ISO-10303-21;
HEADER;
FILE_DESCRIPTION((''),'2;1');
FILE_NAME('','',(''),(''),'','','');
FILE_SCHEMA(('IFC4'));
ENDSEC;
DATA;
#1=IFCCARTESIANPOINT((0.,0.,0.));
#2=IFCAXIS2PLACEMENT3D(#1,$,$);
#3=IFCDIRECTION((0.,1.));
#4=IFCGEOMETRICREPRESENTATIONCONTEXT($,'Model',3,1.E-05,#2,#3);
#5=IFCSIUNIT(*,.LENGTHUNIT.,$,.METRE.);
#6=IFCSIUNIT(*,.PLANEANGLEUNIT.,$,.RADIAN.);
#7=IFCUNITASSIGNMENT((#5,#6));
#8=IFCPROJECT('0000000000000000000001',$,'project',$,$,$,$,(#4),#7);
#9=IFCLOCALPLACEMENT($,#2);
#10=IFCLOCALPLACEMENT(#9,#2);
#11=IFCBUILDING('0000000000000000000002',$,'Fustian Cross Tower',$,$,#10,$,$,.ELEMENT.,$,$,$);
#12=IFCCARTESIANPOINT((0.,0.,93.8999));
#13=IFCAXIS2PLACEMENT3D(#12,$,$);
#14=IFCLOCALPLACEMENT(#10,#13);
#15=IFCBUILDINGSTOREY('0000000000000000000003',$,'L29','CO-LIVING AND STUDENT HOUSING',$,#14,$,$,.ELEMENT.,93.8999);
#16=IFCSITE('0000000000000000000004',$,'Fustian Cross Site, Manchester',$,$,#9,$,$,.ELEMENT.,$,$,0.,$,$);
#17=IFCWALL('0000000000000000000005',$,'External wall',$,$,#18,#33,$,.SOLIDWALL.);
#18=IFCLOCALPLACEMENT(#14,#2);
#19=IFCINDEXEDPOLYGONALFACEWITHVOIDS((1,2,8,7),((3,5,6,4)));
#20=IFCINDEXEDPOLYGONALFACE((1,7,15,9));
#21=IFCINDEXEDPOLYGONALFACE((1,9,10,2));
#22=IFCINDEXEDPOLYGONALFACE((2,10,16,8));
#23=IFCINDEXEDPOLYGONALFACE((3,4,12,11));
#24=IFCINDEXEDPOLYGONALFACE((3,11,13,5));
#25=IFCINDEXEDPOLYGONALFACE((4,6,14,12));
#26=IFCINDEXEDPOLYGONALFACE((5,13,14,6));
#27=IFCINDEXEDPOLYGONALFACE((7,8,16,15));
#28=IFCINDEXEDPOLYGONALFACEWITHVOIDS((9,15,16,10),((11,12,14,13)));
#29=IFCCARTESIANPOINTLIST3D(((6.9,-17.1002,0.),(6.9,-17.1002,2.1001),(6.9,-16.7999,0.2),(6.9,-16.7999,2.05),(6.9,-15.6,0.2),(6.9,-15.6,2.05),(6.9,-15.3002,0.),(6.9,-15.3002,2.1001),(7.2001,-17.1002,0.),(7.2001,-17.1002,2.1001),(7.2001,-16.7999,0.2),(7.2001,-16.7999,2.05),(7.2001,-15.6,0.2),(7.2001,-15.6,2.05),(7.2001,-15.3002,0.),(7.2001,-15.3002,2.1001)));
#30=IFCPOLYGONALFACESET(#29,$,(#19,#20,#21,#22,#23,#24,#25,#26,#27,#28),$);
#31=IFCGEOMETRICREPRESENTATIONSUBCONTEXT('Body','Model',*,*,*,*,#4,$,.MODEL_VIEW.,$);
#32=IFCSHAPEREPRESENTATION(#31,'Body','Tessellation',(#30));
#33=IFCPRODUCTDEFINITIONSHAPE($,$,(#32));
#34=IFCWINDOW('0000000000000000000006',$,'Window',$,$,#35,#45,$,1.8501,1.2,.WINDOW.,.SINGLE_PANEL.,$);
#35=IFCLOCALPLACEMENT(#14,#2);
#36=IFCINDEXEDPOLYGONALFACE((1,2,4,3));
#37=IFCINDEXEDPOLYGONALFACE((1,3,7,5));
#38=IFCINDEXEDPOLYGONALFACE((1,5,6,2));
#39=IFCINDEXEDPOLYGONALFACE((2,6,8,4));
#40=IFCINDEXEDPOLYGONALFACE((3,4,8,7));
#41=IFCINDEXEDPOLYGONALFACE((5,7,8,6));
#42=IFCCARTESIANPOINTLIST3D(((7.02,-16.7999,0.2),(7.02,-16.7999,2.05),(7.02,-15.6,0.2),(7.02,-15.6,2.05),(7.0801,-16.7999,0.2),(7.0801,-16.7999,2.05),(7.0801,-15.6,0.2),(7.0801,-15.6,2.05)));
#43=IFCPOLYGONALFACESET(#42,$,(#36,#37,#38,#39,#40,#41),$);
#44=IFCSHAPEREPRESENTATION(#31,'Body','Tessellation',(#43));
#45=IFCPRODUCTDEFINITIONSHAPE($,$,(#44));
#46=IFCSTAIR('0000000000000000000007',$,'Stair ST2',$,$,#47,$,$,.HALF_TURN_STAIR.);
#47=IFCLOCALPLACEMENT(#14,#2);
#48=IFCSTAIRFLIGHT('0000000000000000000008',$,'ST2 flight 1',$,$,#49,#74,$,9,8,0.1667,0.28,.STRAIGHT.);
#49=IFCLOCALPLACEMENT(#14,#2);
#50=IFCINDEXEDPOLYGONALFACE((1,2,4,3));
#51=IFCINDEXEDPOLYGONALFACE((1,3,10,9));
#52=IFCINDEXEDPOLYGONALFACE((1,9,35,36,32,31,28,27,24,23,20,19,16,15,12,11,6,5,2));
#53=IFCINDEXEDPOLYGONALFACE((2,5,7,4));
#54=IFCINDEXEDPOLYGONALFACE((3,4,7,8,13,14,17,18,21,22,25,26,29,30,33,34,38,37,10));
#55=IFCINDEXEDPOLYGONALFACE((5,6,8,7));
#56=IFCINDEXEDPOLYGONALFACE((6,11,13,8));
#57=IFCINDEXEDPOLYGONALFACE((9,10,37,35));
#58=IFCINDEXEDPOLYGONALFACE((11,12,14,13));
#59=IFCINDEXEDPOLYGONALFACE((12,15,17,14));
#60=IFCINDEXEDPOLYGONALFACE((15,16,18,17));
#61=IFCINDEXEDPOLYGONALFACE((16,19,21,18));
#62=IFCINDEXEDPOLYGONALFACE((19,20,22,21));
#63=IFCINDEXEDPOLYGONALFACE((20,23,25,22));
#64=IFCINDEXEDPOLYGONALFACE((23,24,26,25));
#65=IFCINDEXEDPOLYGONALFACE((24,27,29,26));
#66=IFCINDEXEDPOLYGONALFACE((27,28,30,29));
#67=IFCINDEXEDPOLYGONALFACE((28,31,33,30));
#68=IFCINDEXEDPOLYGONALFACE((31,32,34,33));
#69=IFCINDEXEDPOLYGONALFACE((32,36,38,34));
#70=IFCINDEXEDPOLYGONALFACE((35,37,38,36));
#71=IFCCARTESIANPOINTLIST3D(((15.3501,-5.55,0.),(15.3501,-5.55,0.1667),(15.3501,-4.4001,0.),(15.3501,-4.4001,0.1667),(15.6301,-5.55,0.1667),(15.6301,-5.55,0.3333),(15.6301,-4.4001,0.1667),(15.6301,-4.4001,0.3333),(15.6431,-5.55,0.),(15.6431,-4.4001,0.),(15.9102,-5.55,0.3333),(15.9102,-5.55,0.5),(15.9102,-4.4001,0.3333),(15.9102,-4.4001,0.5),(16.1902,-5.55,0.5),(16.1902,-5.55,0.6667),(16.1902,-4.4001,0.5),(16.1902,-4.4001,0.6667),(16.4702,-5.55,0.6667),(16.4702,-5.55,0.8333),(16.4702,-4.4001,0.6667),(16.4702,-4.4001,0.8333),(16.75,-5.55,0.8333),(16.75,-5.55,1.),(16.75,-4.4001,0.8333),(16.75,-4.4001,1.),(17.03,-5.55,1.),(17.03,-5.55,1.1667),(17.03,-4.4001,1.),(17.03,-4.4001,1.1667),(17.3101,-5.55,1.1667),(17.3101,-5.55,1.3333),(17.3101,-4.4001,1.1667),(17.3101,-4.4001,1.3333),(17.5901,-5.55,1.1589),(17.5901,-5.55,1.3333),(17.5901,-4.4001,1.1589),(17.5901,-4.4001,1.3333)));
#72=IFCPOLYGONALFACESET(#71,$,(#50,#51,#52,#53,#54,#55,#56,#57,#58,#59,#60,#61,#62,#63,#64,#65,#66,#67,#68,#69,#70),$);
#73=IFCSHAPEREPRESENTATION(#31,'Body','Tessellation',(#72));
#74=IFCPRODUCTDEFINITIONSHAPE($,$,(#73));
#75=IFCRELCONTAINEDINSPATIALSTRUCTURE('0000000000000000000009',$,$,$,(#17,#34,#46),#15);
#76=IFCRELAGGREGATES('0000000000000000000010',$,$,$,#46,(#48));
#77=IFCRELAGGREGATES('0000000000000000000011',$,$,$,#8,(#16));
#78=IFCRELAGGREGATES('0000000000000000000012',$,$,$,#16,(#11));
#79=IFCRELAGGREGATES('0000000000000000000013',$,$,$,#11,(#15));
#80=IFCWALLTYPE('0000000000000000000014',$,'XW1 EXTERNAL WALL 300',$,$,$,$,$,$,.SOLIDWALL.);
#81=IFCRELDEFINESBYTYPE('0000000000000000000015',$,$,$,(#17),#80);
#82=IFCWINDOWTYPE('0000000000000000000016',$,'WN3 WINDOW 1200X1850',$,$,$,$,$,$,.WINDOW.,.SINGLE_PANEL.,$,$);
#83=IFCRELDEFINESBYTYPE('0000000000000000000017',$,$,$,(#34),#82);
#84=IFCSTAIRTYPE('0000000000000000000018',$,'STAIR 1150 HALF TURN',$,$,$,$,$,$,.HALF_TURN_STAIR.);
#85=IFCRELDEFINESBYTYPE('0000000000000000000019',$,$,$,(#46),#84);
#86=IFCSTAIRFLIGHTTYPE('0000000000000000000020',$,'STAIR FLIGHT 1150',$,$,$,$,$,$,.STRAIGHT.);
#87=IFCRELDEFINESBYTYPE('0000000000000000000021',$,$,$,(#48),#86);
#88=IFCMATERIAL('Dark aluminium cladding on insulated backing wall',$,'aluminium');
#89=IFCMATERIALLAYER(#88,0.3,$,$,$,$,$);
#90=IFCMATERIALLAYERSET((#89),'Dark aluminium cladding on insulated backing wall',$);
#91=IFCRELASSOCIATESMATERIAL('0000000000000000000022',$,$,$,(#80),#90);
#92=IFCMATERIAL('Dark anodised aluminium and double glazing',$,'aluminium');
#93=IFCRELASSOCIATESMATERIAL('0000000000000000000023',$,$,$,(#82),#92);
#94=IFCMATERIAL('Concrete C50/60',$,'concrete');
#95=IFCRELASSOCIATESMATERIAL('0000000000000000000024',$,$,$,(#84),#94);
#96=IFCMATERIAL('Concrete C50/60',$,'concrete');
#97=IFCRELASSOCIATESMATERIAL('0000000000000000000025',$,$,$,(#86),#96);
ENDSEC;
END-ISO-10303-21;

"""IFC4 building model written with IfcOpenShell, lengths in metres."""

from ifc_helpers import new_model, si_unit, direction, frame, frame_2d, origin, place, context, subcontext, project, spatial, polyline, rectangle, outline, extrude, material, layer, layer_set, type_object, element, fill, aggregate, save


model = new_model("IFC4")

# Units and contexts
model_context = context("Model", 3, precision=1e-05, world=origin(), true_north=direction((0.0, 1.0)))
body_context = subcontext(model_context, "Body", "Model", "MODEL_VIEW")
ifc_project = project(units=[si_unit("LENGTHUNIT", "METRE"), si_unit("PLANEANGLEUNIT", "RADIAN")], contexts=[model_context])

# Site, building, storey
site_placement = place(None, origin())
site = spatial("IfcSite", under=ifc_project, at=site_placement, Name="Fustian Cross Site, Manchester", CompositionType="ELEMENT", RefElevation=0.0)
building_placement = place(site_placement, origin())
building = spatial("IfcBuilding", under=site, at=building_placement, Name="Fustian Cross Tower", CompositionType="ELEMENT")
storey_placement = place(building_placement, frame((0.0, 0.0, 93.8999)))
storey = spatial("IfcBuildingStorey", under=building, at=storey_placement, Name="L29", Description="CO-LIVING AND STUDENT HOUSING", CompositionType="ELEMENT", Elevation=93.8999)

# Shared definitions
ifc_material_1 = material(Name="Dark aluminium cladding on insulated backing wall", Category="aluminium")
ifc_layer_1 = layer(ifc_material_1, 0.3)
ifc_layer_set_1 = layer_set([ifc_layer_1], Name="Dark aluminium cladding on insulated backing wall")
wall_type_1 = type_object("IfcWallType", Name="XW1 EXTERNAL WALL 300", PredefinedType="SOLIDWALL", material=ifc_layer_set_1)
ifc_material_2 = material(Name="Dark anodised aluminium and double glazing", Category="aluminium")
window_type_1 = type_object("IfcWindowType", Name="WN3 WINDOW 1200X1850", PartitioningType="SINGLE_PANEL", PredefinedType="WINDOW", material=ifc_material_2)

# Wall, opening, window
wall_1_placement = place(storey_placement, frame((7.05, -17.1001, 0.0), z_axis=(0.0, 0.0, 1.0), x_axis=(0.0, 1.0, 0.0)))
wall_1 = element("IfcWall", 1, at=wall_1_placement, inside=storey, type_object=wall_type_1, Name="External wall", PredefinedType="SOLIDWALL", context=body_context, shape_type="SweptSolid", body=[
    extrude(rectangle(XDim=1.8, YDim=0.3, at=frame_2d((0.8999, 0.0))), origin(), (0.0, 0.0, 1.0), 2.1001),
])
opening_1_placement = place(wall_1_placement, frame((0.3, 0.0, 0.2)))
opening_1 = element("IfcOpeningElement", 2, at=opening_1_placement, cuts=wall_1, PredefinedType="OPENING", context=body_context, shape_type="SweptSolid", body=[
    extrude(rectangle(XDim=1.2, YDim=1.8501, at=frame_2d((0.6001, 0.925))), frame((0.0, 0.1599, 0.0), z_axis=(0.0, -1.0, 0.0), x_axis=(1.0, 0.0, 0.0)), (0.0, 0.0, 1.0), 0.3201),
])
window_1_placement = place(opening_1_placement, origin())
window_1 = element("IfcWindow", 3, at=window_1_placement, inside=storey, type_object=window_type_1, Name="Window", OverallHeight=1.8501, OverallWidth=1.2, PartitioningType="SINGLE_PANEL", PredefinedType="WINDOW", context=body_context, shape_type="SweptSolid", body=[
    extrude(rectangle(XDim=1.2, YDim=1.8501, at=frame_2d((0.6001, 0.925))), frame((0.0, 0.03, 0.0), z_axis=(0.0, -1.0, 0.0), x_axis=(1.0, 0.0, 0.0)), (0.0, 0.0, 1.0), 0.0601),
])
fill(opening_1, window_1)

# Stair, stair flight
ifc_material_3 = material(Name="Concrete C50/60", Category="concrete")
stair_type = type_object("IfcStairType", Name="STAIR 1150 HALF TURN", PredefinedType="HALF_TURN_STAIR", material=ifc_material_3)
stair_placement = place(storey_placement, origin())
stair = element("IfcStair", 4, at=stair_placement, inside=storey, type_object=stair_type, Name="Stair ST2", PredefinedType="HALF_TURN_STAIR")
ifc_material_4 = material(Name="Concrete C50/60", Category="concrete")
stair_flight_type = type_object("IfcStairFlightType", Name="STAIR FLIGHT 1150", PredefinedType="STRAIGHT", material=ifc_material_4)
stair_flight_placement = place(storey_placement, frame((15.3501, -4.9751, 0.0), z_axis=(0.0, 0.0, 1.0), x_axis=(1.0, 0.0, 0.0)))
stair_flight = element("IfcStairFlight", 5, at=stair_flight_placement, type_object=stair_flight_type, Name="ST2 flight 1", NumberOfRisers=9, NumberOfTreads=8, PredefinedType="STRAIGHT", RiserHeight=0.1667, TreadLength=0.28, context=body_context, shape_type="SweptSolid", body=[
    extrude(outline(polyline([(0.0, 0.0), (0.0, 0.1667), (0.28, 0.1667), (0.28, 0.3333), (0.5601, 0.3333), (0.5601, 0.5), (0.8401, 0.5), (0.8401, 0.6667), (1.1201, 0.6667), (1.1201, 0.8333), (1.3999, 0.8333), (1.3999, 1.0), (1.6799, 1.0), (1.6799, 1.1667), (1.96, 1.1667), (1.96, 1.3333), (2.24, 1.3333), (2.24, 1.5), (2.24, 1.1589), (0.293, 0.0), (0.0, 0.0)])), frame((0.0, 0.575, 0.0), z_axis=(0.0, -1.0, 0.0), x_axis=(1.0, 0.0, 0.0)), (0.0, 0.0, 1.0), 1.1499),
])
aggregate(stair, [stair_flight])

save(model, "model.ifc")
